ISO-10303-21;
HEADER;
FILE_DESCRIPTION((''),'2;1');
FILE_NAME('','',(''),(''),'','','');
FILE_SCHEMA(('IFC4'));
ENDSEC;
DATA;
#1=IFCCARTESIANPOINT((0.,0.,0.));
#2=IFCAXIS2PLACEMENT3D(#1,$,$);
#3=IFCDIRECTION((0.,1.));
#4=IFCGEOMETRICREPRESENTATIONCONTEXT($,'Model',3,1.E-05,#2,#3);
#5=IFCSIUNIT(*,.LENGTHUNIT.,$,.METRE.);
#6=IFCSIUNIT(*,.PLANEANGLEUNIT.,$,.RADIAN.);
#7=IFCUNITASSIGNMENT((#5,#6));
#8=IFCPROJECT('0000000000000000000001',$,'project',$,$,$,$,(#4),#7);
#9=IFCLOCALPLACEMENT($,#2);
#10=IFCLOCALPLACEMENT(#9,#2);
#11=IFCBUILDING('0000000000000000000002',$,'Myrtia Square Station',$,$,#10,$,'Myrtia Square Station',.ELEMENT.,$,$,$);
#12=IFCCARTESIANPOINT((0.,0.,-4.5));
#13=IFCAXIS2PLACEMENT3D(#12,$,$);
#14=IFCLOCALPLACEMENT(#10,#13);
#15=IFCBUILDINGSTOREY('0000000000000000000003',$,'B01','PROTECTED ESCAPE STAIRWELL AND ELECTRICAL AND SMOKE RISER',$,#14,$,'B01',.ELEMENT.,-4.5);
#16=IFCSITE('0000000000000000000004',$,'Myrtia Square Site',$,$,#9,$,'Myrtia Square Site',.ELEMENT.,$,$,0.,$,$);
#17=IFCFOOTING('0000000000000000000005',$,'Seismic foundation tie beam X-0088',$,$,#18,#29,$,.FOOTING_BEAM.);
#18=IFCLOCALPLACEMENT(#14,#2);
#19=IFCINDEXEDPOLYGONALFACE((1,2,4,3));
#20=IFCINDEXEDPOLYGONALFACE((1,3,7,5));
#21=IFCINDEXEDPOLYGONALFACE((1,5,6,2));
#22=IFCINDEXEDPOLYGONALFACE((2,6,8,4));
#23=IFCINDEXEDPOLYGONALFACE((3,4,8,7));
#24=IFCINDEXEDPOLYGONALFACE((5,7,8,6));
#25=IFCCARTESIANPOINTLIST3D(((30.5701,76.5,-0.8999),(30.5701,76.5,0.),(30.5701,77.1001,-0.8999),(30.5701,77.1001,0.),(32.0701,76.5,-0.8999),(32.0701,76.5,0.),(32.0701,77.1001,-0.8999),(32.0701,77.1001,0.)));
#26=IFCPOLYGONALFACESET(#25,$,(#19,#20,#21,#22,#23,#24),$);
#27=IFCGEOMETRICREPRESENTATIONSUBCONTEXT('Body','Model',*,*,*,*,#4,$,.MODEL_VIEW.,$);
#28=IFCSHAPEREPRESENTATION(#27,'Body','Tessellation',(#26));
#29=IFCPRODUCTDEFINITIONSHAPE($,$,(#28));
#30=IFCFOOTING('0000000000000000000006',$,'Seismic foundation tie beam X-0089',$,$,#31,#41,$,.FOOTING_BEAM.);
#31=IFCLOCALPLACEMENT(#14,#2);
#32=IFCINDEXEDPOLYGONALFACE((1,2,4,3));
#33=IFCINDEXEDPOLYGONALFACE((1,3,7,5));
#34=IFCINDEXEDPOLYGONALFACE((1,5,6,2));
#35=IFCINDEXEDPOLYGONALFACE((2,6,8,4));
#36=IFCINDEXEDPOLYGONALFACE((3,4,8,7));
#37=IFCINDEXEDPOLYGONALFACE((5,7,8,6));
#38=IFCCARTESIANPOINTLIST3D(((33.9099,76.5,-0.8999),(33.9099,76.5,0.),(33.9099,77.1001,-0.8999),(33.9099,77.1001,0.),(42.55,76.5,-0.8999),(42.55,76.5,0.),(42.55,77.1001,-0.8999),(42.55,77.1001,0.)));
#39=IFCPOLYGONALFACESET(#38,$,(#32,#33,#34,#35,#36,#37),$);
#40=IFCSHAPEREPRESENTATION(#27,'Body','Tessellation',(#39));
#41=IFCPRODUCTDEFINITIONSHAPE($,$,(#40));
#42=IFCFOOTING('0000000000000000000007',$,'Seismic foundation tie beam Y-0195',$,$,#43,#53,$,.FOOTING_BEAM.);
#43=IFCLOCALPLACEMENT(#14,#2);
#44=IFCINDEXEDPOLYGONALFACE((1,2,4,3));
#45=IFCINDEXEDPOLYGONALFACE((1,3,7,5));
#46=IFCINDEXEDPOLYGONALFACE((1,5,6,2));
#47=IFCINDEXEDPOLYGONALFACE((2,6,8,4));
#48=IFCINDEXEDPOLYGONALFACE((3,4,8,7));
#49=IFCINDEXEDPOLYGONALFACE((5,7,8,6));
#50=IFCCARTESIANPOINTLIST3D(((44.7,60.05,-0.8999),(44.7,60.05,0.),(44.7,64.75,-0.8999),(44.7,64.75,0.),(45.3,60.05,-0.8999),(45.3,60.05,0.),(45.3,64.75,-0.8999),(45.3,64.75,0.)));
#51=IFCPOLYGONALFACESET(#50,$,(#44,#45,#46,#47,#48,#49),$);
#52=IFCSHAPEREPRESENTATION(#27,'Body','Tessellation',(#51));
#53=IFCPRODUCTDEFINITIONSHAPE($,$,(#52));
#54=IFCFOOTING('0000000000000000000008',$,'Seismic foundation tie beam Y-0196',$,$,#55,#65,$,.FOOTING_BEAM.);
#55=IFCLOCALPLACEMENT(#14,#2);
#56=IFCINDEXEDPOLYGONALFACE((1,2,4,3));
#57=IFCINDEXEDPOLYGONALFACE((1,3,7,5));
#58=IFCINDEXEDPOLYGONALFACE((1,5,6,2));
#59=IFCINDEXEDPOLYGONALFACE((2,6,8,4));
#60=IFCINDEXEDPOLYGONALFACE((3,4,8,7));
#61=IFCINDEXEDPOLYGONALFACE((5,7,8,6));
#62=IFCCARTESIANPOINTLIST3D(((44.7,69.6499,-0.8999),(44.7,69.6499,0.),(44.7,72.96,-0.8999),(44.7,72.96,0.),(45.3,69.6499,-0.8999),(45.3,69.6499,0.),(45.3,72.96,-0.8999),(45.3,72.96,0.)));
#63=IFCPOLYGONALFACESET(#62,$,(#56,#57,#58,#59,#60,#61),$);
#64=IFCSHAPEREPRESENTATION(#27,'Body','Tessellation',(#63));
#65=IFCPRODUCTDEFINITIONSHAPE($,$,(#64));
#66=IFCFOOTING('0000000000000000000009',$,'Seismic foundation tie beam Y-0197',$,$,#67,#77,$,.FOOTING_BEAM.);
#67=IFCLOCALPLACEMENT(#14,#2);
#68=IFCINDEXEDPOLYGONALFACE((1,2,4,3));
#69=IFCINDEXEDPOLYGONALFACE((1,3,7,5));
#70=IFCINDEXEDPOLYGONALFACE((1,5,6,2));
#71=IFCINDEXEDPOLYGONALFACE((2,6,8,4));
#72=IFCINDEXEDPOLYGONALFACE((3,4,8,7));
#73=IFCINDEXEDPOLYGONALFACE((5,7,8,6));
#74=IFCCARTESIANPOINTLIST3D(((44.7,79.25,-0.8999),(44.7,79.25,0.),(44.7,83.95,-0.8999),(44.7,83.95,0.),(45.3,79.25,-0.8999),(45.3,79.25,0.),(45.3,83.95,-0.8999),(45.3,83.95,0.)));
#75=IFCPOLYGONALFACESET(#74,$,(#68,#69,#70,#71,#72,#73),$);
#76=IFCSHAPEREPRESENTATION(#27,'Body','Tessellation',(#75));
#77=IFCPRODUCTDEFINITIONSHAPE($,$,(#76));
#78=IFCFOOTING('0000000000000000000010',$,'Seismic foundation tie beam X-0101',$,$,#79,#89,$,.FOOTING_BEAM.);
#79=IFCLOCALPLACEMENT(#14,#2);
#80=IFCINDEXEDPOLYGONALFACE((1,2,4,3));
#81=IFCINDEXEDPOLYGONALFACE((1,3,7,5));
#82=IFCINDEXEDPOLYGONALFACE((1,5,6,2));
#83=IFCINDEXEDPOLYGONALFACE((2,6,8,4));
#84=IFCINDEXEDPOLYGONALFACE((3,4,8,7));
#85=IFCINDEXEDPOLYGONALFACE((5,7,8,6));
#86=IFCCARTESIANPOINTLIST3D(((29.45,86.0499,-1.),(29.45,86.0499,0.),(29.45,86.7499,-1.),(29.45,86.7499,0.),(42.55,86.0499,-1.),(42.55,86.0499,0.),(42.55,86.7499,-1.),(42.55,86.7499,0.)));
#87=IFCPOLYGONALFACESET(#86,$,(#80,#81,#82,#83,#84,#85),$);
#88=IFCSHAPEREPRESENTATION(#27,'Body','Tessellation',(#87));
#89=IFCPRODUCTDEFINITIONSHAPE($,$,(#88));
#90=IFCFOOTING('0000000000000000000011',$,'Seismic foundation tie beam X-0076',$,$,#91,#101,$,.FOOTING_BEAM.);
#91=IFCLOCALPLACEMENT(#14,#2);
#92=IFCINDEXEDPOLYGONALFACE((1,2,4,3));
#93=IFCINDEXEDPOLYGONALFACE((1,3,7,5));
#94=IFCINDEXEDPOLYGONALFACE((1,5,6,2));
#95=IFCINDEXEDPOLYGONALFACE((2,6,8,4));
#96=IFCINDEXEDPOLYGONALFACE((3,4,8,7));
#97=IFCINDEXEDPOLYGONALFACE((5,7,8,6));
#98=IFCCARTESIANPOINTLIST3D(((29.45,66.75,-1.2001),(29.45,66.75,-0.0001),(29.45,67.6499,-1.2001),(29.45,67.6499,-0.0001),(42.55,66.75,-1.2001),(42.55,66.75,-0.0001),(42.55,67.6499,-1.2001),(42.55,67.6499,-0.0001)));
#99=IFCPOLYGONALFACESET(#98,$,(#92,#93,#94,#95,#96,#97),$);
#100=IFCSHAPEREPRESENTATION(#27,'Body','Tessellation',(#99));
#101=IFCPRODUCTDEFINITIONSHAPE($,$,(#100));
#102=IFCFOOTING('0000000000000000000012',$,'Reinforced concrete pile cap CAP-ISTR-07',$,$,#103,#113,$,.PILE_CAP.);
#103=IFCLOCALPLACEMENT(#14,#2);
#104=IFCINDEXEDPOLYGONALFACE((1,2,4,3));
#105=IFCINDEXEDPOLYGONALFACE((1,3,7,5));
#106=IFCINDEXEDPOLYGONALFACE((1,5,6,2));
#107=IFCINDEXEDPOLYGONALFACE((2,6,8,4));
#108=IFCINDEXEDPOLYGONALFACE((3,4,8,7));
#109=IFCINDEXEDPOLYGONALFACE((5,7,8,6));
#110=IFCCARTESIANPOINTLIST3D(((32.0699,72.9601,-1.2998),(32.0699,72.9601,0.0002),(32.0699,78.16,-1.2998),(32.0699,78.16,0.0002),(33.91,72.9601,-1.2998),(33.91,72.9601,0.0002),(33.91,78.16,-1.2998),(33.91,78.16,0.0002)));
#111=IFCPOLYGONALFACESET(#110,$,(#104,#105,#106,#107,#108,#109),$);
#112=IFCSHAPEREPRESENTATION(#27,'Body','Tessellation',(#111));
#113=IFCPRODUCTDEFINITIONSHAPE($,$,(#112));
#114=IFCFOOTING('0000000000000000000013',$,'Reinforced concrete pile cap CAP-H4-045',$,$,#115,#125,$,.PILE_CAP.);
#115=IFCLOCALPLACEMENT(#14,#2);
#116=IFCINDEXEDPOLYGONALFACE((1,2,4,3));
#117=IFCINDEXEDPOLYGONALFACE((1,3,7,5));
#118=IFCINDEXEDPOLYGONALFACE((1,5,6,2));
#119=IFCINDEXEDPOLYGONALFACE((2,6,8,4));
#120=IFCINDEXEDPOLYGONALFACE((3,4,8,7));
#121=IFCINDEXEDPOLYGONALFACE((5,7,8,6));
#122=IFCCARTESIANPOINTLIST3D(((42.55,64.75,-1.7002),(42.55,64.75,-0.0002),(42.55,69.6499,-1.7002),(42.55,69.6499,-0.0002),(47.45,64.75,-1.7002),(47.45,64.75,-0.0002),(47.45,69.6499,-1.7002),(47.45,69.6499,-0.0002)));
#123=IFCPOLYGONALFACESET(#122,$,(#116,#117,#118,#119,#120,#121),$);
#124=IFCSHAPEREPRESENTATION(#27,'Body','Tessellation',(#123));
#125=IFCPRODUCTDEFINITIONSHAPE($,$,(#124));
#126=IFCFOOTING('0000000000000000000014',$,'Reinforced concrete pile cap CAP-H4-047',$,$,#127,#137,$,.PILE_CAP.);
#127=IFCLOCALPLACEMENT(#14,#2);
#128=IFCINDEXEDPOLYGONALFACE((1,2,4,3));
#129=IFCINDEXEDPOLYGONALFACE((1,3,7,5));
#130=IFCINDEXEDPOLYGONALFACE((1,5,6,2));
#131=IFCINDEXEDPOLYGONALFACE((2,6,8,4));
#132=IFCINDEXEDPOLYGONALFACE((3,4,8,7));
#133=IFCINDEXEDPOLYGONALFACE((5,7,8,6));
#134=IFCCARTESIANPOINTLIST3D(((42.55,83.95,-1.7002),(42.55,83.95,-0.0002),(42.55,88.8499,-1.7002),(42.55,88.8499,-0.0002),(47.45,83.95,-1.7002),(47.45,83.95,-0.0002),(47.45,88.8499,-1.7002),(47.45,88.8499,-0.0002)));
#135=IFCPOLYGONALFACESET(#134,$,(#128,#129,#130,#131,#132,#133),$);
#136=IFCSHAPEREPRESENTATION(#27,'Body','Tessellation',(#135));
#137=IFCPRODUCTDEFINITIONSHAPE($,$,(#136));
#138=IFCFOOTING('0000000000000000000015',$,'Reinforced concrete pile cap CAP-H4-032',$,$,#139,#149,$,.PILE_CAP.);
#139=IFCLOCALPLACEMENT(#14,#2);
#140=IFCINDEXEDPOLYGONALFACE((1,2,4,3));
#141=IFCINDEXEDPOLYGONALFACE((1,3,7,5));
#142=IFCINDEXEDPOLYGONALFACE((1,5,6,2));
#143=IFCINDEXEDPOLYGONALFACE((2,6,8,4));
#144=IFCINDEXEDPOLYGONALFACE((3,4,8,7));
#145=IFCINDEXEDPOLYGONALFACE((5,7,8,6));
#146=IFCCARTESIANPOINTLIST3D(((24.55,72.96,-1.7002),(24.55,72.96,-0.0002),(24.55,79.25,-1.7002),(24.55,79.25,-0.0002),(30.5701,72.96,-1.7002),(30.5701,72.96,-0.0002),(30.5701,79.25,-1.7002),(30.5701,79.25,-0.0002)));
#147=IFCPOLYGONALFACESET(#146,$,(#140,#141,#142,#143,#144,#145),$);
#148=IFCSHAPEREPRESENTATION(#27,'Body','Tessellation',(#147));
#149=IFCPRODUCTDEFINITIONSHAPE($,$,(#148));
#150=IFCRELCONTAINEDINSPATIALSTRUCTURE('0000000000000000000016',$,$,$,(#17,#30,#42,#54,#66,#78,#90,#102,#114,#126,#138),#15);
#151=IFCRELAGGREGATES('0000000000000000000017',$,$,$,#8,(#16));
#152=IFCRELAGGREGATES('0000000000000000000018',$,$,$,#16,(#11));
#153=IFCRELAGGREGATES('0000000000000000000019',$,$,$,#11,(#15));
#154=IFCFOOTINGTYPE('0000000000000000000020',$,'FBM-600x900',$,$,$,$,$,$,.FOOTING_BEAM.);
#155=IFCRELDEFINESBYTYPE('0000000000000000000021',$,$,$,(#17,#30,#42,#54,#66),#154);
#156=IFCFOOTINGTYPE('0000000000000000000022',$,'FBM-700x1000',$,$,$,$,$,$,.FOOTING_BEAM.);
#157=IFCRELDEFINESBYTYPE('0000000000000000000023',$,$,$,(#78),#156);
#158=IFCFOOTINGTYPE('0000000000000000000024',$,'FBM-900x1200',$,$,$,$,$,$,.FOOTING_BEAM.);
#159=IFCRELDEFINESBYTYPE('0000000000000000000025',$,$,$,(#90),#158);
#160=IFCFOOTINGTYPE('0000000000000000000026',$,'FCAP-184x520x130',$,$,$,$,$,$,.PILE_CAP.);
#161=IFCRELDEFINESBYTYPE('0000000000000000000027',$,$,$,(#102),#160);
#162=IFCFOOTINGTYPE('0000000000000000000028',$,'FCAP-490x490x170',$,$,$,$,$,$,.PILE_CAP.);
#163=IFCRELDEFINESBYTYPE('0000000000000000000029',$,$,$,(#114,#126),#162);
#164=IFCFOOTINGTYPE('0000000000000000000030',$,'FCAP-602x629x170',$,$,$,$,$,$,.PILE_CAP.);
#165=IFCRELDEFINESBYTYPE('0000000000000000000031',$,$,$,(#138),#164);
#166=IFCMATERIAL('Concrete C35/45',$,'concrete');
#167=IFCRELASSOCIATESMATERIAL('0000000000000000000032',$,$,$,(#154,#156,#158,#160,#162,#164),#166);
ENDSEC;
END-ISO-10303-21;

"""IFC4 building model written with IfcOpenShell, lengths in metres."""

from ifc_helpers import new_model, si_unit, direction, frame, origin, origin_2d, place, context, subcontext, project, spatial, rectangle, extrude, material, material_profile, profile_set, type_object, element, save


model = new_model("IFC4")

# Units and contexts
model_context = context("Model", 3, precision=1e-05, world=origin(), true_north=direction((0.0, 1.0)))
body_context = subcontext(model_context, "Body", "Model", "MODEL_VIEW")
ifc_project = project(units=[si_unit("LENGTHUNIT", "METRE"), si_unit("PLANEANGLEUNIT", "RADIAN")], contexts=[model_context])

# Site, building, storey
site_placement = place(None, origin())
site = spatial("IfcSite", under=ifc_project, at=site_placement, Name="Myrtia Square Site", LongName="Myrtia Square Site", CompositionType="ELEMENT", RefElevation=0.0)
building_placement = place(site_placement, origin())
building = spatial("IfcBuilding", under=site, at=building_placement, Name="Myrtia Square Station", LongName="Myrtia Square Station", CompositionType="ELEMENT")
storey_placement = place(building_placement, frame((0.0, 0.0, -4.5)))
storey = spatial("IfcBuildingStorey", under=building, at=storey_placement, Name="B01", Description="PROTECTED ESCAPE STAIRWELL AND ELECTRICAL AND SMOKE RISER", LongName="B01", CompositionType="ELEMENT", Elevation=-4.5)

# Footings
ifc_material_1 = material(Name="Concrete C35/45", Category="concrete")
ifc_material_profile_1 = material_profile(ifc_material_1, rectangle(XDim=0.6001, YDim=0.8999, at=origin_2d()), Name="FB 600x900")
ifc_profile_set_1 = profile_set([ifc_material_profile_1], Name="Concrete C35/45")
footing_type_1 = type_object("IfcFootingType", Name="FBM-600x900", PredefinedType="FOOTING_BEAM", material=ifc_profile_set_1)
footing_1_placement = place(storey_placement, frame((30.5701, 76.8, -0.45), z_axis=(1.0, 0.0, 0.0), x_axis=(0.0, 1.0, 0.0)))
element("IfcFooting", 1, at=footing_1_placement, inside=storey, type_object=footing_type_1, Name="Seismic foundation tie beam X-0088", PredefinedType="FOOTING_BEAM", context=body_context, shape_type="SweptSolid", body=[
    extrude(rectangle(XDim=0.6001, YDim=0.8999, at=origin_2d()), origin(), (0.0, 0.0, 1.0), 1.5),
])
footing_2_placement = place(storey_placement, frame((33.9099, 76.8, -0.45), z_axis=(1.0, 0.0, 0.0), x_axis=(0.0, 1.0, 0.0)))
element("IfcFooting", 2, at=footing_2_placement, inside=storey, type_object=footing_type_1, Name="Seismic foundation tie beam X-0089", PredefinedType="FOOTING_BEAM", context=body_context, shape_type="SweptSolid", body=[
    extrude(rectangle(XDim=0.6001, YDim=0.8999, at=origin_2d()), origin(), (0.0, 0.0, 1.0), 8.6401),
])
footing_3_placement = place(storey_placement, frame((45.0, 60.05, -0.45), z_axis=(0.0, 1.0, 0.0), x_axis=(-1.0, 0.0, 0.0)))
element("IfcFooting", 3, at=footing_3_placement, inside=storey, type_object=footing_type_1, Name="Seismic foundation tie beam Y-0195", PredefinedType="FOOTING_BEAM", context=body_context, shape_type="SweptSolid", body=[
    extrude(rectangle(XDim=0.6001, YDim=0.8999, at=origin_2d()), origin(), (0.0, 0.0, 1.0), 4.7),
])
footing_4_placement = place(storey_placement, frame((45.0, 69.6499, -0.45), z_axis=(0.0, 1.0, 0.0), x_axis=(-1.0, 0.0, 0.0)))
element("IfcFooting", 4, at=footing_4_placement, inside=storey, type_object=footing_type_1, Name="Seismic foundation tie beam Y-0196", PredefinedType="FOOTING_BEAM", context=body_context, shape_type="SweptSolid", body=[
    extrude(rectangle(XDim=0.6001, YDim=0.8999, at=origin_2d()), origin(), (0.0, 0.0, 1.0), 3.3101),
])
footing_5_placement = place(storey_placement, frame((45.0, 79.25, -0.45), z_axis=(0.0, 1.0, 0.0), x_axis=(-1.0, 0.0, 0.0)))
element("IfcFooting", 5, at=footing_5_placement, inside=storey, type_object=footing_type_1, Name="Seismic foundation tie beam Y-0197", PredefinedType="FOOTING_BEAM", context=body_context, shape_type="SweptSolid", body=[
    extrude(rectangle(XDim=0.6001, YDim=0.8999, at=origin_2d()), origin(), (0.0, 0.0, 1.0), 4.7),
])
ifc_material_profile_2 = material_profile(ifc_material_1, rectangle(XDim=0.7, YDim=1.0, at=origin_2d()), Name="FB 700x1000")
ifc_profile_set_2 = profile_set([ifc_material_profile_2], Name="Concrete C35/45")
footing_type_2 = type_object("IfcFootingType", Name="FBM-700x1000", PredefinedType="FOOTING_BEAM", material=ifc_profile_set_2)
footing_6_placement = place(storey_placement, frame((29.45, 86.3999, -0.5), z_axis=(1.0, 0.0, 0.0), x_axis=(0.0, 1.0, 0.0)))
element("IfcFooting", 6, at=footing_6_placement, inside=storey, type_object=footing_type_2, Name="Seismic foundation tie beam X-0101", PredefinedType="FOOTING_BEAM", context=body_context, shape_type="SweptSolid", body=[
    extrude(rectangle(XDim=0.7, YDim=1.0, at=origin_2d()), origin(), (0.0, 0.0, 1.0), 13.1001),
])
ifc_material_profile_3 = material_profile(ifc_material_1, rectangle(XDim=0.8999, YDim=1.2, at=origin_2d()), Name="FB 900x1200")
ifc_profile_set_3 = profile_set([ifc_material_profile_3], Name="Concrete C35/45")
footing_type_3 = type_object("IfcFootingType", Name="FBM-900x1200", PredefinedType="FOOTING_BEAM", material=ifc_profile_set_3)
footing_7_placement = place(storey_placement, frame((29.45, 67.2, -0.6001), z_axis=(1.0, 0.0, 0.0), x_axis=(0.0, 1.0, 0.0)))
element("IfcFooting", 7, at=footing_7_placement, inside=storey, type_object=footing_type_3, Name="Seismic foundation tie beam X-0076", PredefinedType="FOOTING_BEAM", context=body_context, shape_type="SweptSolid", body=[
    extrude(rectangle(XDim=0.8999, YDim=1.2, at=origin_2d()), origin(), (0.0, 0.0, 1.0), 13.1001),
])
footing_type_4 = type_object("IfcFootingType", Name="FCAP-184x520x130", PredefinedType="PILE_CAP", material=ifc_material_1)
footing_8_placement = place(storey_placement, frame((32.99, 75.5601, -1.2998), z_axis=(0.0, 0.0, 1.0), x_axis=(1.0, 0.0, 0.0)))
element("IfcFooting", 8, at=footing_8_placement, inside=storey, type_object=footing_type_4, Name="Reinforced concrete pile cap CAP-ISTR-07", PredefinedType="PILE_CAP", context=body_context, shape_type="SweptSolid", body=[
    extrude(rectangle(XDim=1.8401, YDim=5.2, at=origin_2d()), origin(), (0.0, 0.0, 1.0), 1.3),
])
footing_type_5 = type_object("IfcFootingType", Name="FCAP-490x490x170", PredefinedType="PILE_CAP", material=ifc_material_1)
for number, where, z_axis, x_axis, name in (
    (9, (45.0, 67.2, -1.7002), (0.0, 0.0, 1.0), (1.0, 0.0, 0.0), "Reinforced concrete pile cap CAP-H4-045"),
    (10, (45.0, 86.3999, -1.7002), (0.0, 0.0, 1.0), (1.0, 0.0, 0.0), "Reinforced concrete pile cap CAP-H4-047"),
):
    element("IfcFooting", number, at=place(storey_placement, frame(where, z_axis=z_axis, x_axis=x_axis)), inside=storey, type_object=footing_type_5, Name=name, PredefinedType="PILE_CAP", context=body_context, shape_type="SweptSolid", body=[
        extrude(rectangle(XDim=4.8999, YDim=4.8999, at=origin_2d()), origin(), (0.0, 0.0, 1.0), 1.7),
    ])
footing_type_6 = type_object("IfcFootingType", Name="FCAP-602x629x170", PredefinedType="PILE_CAP", material=ifc_material_1)
footing_9_placement = place(storey_placement, frame((27.5601, 76.105, -1.7002), z_axis=(0.0, 0.0, 1.0), x_axis=(1.0, 0.0, 0.0)))
element("IfcFooting", 11, at=footing_9_placement, inside=storey, type_object=footing_type_6, Name="Reinforced concrete pile cap CAP-H4-032", PredefinedType="PILE_CAP", context=body_context, shape_type="SweptSolid", body=[
    extrude(rectangle(XDim=6.02, YDim=6.29, at=origin_2d()), origin(), (0.0, 0.0, 1.0), 1.7),
])

save(model, "model.ifc")
